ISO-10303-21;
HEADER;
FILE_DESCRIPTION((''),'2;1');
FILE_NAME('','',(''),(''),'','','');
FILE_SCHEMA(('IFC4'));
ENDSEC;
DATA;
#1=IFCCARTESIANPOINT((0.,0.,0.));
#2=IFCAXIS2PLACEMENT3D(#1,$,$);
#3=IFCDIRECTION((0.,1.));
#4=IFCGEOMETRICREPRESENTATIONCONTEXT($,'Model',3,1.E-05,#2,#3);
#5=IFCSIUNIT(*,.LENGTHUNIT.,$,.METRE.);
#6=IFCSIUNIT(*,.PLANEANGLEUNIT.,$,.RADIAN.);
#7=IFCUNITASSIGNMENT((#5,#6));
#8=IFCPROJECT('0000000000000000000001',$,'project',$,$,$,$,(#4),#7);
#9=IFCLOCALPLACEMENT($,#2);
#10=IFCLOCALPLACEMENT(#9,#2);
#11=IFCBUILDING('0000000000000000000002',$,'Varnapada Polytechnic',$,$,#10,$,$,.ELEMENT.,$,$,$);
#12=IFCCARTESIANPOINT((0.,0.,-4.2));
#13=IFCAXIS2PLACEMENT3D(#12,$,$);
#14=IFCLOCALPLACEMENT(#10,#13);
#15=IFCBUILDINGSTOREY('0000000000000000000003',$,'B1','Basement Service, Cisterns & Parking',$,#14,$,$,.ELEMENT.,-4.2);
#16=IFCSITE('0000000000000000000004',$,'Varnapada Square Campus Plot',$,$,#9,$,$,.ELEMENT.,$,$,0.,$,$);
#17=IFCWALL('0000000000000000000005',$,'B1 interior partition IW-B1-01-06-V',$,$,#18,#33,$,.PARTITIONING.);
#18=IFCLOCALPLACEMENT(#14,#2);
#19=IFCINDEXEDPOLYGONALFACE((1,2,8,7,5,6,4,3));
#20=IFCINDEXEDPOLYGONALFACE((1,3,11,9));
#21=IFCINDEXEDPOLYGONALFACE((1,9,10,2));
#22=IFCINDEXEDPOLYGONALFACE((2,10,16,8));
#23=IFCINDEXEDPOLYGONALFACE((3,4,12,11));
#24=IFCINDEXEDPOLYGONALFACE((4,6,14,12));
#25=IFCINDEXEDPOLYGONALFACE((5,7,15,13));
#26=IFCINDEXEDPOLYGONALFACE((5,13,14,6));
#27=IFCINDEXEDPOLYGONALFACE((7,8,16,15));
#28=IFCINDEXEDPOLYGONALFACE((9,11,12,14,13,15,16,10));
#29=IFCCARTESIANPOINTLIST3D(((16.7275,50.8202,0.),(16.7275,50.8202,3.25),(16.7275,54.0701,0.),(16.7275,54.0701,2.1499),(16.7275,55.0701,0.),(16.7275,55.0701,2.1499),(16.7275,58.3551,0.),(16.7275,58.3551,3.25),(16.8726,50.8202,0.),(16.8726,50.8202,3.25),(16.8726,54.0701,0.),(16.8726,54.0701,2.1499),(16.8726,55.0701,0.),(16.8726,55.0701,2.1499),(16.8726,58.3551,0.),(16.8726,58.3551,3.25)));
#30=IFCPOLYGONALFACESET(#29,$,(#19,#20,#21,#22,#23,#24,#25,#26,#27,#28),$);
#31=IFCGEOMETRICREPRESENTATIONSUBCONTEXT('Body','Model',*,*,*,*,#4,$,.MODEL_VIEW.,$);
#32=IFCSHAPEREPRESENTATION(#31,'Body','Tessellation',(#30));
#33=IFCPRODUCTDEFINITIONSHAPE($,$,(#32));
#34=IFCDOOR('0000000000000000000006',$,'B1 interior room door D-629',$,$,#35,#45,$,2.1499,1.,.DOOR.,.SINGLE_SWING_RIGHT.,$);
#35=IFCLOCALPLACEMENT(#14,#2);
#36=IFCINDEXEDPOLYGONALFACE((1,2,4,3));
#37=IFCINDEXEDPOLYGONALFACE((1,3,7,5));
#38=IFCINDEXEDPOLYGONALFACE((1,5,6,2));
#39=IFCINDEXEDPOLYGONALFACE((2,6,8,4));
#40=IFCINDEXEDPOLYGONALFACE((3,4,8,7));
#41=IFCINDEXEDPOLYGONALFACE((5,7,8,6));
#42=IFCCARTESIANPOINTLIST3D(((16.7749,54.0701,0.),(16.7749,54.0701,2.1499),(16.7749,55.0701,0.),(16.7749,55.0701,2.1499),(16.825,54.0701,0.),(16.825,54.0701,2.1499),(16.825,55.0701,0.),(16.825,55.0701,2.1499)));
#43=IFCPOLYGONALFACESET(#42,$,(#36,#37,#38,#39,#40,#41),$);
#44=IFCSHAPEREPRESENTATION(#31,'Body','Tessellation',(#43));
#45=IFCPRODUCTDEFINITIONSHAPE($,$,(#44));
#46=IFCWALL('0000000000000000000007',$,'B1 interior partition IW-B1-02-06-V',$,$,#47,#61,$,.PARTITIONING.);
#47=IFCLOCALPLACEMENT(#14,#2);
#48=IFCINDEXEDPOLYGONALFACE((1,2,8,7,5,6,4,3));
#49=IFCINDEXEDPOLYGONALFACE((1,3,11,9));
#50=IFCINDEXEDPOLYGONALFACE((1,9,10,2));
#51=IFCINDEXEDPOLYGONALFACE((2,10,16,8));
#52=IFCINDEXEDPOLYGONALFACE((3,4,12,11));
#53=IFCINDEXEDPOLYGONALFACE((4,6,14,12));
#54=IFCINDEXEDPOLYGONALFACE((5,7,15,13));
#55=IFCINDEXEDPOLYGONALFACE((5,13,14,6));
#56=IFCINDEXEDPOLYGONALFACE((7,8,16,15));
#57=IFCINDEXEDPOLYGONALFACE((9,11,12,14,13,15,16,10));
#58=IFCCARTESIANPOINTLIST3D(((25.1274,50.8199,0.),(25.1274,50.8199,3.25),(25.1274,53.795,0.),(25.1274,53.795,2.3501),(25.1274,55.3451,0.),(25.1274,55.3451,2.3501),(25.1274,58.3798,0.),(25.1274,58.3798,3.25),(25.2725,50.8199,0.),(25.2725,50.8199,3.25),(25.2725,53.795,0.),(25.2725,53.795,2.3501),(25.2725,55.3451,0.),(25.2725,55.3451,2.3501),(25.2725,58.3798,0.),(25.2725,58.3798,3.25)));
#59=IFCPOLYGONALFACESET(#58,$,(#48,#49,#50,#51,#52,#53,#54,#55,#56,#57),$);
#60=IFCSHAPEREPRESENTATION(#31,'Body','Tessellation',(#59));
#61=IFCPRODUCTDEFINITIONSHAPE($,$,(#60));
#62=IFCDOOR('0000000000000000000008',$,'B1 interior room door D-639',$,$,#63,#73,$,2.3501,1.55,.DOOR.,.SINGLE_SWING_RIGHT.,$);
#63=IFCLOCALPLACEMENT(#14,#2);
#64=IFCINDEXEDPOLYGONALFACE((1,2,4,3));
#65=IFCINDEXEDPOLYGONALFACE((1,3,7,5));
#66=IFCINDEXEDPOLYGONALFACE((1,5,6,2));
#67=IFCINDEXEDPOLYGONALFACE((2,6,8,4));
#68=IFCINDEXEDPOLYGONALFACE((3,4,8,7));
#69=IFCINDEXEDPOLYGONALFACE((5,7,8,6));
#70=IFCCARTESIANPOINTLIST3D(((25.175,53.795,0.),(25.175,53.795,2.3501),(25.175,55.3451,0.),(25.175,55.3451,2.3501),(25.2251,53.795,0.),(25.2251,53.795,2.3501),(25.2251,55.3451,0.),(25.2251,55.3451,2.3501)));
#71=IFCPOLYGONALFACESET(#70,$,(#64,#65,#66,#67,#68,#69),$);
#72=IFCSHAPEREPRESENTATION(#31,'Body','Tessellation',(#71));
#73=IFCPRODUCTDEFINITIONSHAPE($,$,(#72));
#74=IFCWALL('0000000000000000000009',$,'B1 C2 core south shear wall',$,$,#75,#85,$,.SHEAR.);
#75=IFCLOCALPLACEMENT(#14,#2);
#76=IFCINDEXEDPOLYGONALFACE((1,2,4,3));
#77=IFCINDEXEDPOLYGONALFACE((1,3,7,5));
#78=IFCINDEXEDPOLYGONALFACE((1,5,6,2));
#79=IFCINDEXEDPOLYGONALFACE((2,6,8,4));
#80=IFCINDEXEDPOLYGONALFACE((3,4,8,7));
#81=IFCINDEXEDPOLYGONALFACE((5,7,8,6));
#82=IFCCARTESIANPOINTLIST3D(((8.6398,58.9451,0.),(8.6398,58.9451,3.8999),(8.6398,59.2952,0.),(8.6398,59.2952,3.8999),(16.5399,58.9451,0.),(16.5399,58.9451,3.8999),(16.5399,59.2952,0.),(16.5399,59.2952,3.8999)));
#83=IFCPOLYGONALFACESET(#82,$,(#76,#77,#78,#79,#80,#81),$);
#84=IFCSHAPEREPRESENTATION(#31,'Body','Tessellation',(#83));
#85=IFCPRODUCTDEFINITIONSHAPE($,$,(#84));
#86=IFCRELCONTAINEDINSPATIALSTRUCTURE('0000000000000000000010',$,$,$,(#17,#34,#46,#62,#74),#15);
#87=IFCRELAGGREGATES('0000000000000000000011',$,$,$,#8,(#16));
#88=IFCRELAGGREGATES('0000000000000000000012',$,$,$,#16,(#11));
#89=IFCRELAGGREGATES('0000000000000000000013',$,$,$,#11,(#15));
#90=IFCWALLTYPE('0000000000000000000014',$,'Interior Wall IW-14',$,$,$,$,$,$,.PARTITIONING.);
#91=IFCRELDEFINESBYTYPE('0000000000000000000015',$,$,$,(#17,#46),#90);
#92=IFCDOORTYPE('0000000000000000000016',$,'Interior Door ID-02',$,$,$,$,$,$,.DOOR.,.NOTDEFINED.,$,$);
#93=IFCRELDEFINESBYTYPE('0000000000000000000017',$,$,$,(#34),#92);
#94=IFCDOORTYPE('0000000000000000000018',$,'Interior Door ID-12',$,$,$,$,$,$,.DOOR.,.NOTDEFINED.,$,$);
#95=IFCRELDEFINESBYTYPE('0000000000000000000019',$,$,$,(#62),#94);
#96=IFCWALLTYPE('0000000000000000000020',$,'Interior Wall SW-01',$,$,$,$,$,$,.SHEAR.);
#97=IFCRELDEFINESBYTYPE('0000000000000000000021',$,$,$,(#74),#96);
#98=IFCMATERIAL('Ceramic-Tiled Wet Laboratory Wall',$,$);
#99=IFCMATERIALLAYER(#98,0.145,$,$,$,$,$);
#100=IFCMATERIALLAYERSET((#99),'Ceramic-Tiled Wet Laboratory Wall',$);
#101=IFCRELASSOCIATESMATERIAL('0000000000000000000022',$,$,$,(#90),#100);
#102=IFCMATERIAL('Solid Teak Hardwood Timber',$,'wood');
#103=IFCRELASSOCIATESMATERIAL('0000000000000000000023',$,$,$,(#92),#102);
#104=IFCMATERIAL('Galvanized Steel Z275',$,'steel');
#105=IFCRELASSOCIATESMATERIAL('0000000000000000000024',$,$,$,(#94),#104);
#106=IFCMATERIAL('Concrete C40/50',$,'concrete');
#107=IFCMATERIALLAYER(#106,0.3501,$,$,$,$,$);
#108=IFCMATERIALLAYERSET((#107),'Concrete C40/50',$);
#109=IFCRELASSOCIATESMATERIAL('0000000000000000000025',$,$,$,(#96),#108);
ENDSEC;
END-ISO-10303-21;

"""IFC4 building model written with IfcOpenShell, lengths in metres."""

from ifc_helpers import new_model, si_unit, direction, frame, frame_2d, origin, place, context, subcontext, project, spatial, rectangle, extrude, material, layer, layer_set, type_object, element, fill, save


model = new_model("IFC4")

# Units and contexts
model_context = context("Model", 3, precision=1e-05, world=origin(), true_north=direction((0.0, 1.0)))
body_context = subcontext(model_context, "Body", "Model", "MODEL_VIEW")
ifc_project = project(units=[si_unit("LENGTHUNIT", "METRE"), si_unit("PLANEANGLEUNIT", "RADIAN")], contexts=[model_context])

# Site, building, storey
site_placement = place(None, origin())
site = spatial("IfcSite", under=ifc_project, at=site_placement, Name="Varnapada Square Campus Plot", CompositionType="ELEMENT", RefElevation=0.0)
building_placement = place(site_placement, origin())
building = spatial("IfcBuilding", under=site, at=building_placement, Name="Varnapada Polytechnic", CompositionType="ELEMENT")
storey_placement = place(building_placement, frame((0.0, 0.0, -4.2)))
storey = spatial("IfcBuildingStorey", under=building, at=storey_placement, Name="B1", Description="Basement Service, Cisterns & Parking", CompositionType="ELEMENT", Elevation=-4.2)

# Shared definitions
ifc_material_1 = material(Name="Concrete C40/50", Category="concrete")

# Walls, openings, doors
ifc_material_2 = material(Name="Galvanized Steel Z275", Category="steel")
ifc_material_3 = material(Name="Ceramic-Tiled Wet Laboratory Wall")
ifc_layer_1 = layer(ifc_material_3, 0.145)
ifc_layer_set_1 = layer_set([ifc_layer_1], Name="Ceramic-Tiled Wet Laboratory Wall")
wall_type_1 = type_object("IfcWallType", Name="Interior Wall IW-14", PredefinedType="PARTITIONING", material=ifc_layer_set_1)
wall_1_placement = place(storey_placement, frame((16.8, 50.8201, 0.0), z_axis=(0.0, 0.0, 1.0), x_axis=(0.0, 1.0, 0.0)))
wall_1 = element("IfcWall", 1, at=wall_1_placement, inside=storey, type_object=wall_type_1, Name="B1 interior partition IW-B1-01-06-V", PredefinedType="PARTITIONING", context=body_context, shape_type="SweptSolid", body=[
    extrude(rectangle(XDim=7.5349, YDim=0.145, at=frame_2d((3.7676, 0.0))), origin(), (0.0, 0.0, 1.0), 3.25),
])
opening_1_placement = place(wall_1_placement, frame((3.25, 0.0, 0.0)))
opening_1 = element("IfcOpeningElement", 2, at=opening_1_placement, cuts=wall_1, PredefinedType="OPENING", context=body_context, shape_type="SweptSolid", body=[
    extrude(rectangle(XDim=1.0, YDim=2.1499, at=frame_2d((0.5, 1.075))), frame((0.0, 0.0825, 0.0), z_axis=(0.0, -1.0, 0.0), x_axis=(1.0, 0.0, 0.0)), (0.0, 0.0, 1.0), 0.165),
])
ifc_material_4 = material(Name="Solid Teak Hardwood Timber", Category="wood")
door_type_1 = type_object("IfcDoorType", Name="Interior Door ID-02", OperationType="NOTDEFINED", PredefinedType="DOOR", material=ifc_material_4)
door_1_placement = place(opening_1_placement, frame((1.0, 0.0, 0.0), z_axis=(0.0, 0.0, 1.0), x_axis=(-1.0, 0.0, 0.0)))
door_1 = element("IfcDoor", 3, at=door_1_placement, inside=storey, type_object=door_type_1, Name="B1 interior room door D-629", OperationType="SINGLE_SWING_RIGHT", OverallHeight=2.1499, OverallWidth=1.0, PredefinedType="DOOR", context=body_context, shape_type="SweptSolid", body=[
    extrude(rectangle(XDim=1.0, YDim=2.1499, at=frame_2d((0.5, 1.075))), frame((0.0, 0.0249, 0.0), z_axis=(0.0, -1.0, 0.0), x_axis=(1.0, 0.0, 0.0)), (0.0, 0.0, 1.0), 0.05),
])
fill(opening_1, door_1)
wall_2_placement = place(storey_placement, frame((25.2, 50.8201, 0.0), z_axis=(0.0, 0.0, 1.0), x_axis=(0.0, 1.0, 0.0)))
wall_2 = element("IfcWall", 4, at=wall_2_placement, inside=storey, type_object=wall_type_1, Name="B1 interior partition IW-B1-02-06-V", PredefinedType="PARTITIONING", context=body_context, shape_type="SweptSolid", body=[
    extrude(rectangle(XDim=7.5598, YDim=0.145, at=frame_2d((3.7798, 0.0))), origin(), (0.0, 0.0, 1.0), 3.25),
])
opening_2_placement = place(wall_2_placement, frame((2.9751, 0.0, 0.0)))
opening_2 = element("IfcOpeningElement", 5, at=opening_2_placement, cuts=wall_2, PredefinedType="OPENING", context=body_context, shape_type="SweptSolid", body=[
    extrude(rectangle(XDim=1.55, YDim=2.3501, at=frame_2d((0.7749, 1.175))), frame((0.0, 0.0825, 0.0), z_axis=(0.0, -1.0, 0.0), x_axis=(1.0, 0.0, 0.0)), (0.0, 0.0, 1.0), 0.165),
])
door_type_2 = type_object("IfcDoorType", Name="Interior Door ID-12", OperationType="NOTDEFINED", PredefinedType="DOOR", material=ifc_material_2)
door_2_placement = place(opening_2_placement, origin())
door_2 = element("IfcDoor", 6, at=door_2_placement, inside=storey, type_object=door_type_2, Name="B1 interior room door D-639", OperationType="SINGLE_SWING_RIGHT", OverallHeight=2.3501, OverallWidth=1.55, PredefinedType="DOOR", context=body_context, shape_type="SweptSolid", body=[
    extrude(rectangle(XDim=1.55, YDim=2.3501, at=frame_2d((0.7749, 1.175))), frame((0.0, 0.0249, 0.0), z_axis=(0.0, -1.0, 0.0), x_axis=(1.0, 0.0, 0.0)), (0.0, 0.0, 1.0), 0.05),
])
fill(opening_2, door_2)

# Wall
ifc_layer_2 = layer(ifc_material_1, 0.3501)
ifc_layer_set_2 = layer_set([ifc_layer_2], Name="Concrete C40/50")
wall_type_2 = type_object("IfcWallType", Name="Interior Wall SW-01", PredefinedType="SHEAR", material=ifc_layer_set_2)
wall_3_placement = place(storey_placement, frame((16.54, 59.1201, 0.0), z_axis=(0.0, 0.0, 1.0), x_axis=(-1.0, 0.0, 0.0)))
element("IfcWall", 7, at=wall_3_placement, inside=storey, type_object=wall_type_2, Name="B1 C2 core south shear wall", PredefinedType="SHEAR", context=body_context, shape_type="SweptSolid", body=[
    extrude(rectangle(XDim=7.9001, YDim=0.3501, at=frame_2d((3.9502, 0.0))), origin(), (0.0, 0.0, 1.0), 3.8999),
])

save(model, "model.ifc")
